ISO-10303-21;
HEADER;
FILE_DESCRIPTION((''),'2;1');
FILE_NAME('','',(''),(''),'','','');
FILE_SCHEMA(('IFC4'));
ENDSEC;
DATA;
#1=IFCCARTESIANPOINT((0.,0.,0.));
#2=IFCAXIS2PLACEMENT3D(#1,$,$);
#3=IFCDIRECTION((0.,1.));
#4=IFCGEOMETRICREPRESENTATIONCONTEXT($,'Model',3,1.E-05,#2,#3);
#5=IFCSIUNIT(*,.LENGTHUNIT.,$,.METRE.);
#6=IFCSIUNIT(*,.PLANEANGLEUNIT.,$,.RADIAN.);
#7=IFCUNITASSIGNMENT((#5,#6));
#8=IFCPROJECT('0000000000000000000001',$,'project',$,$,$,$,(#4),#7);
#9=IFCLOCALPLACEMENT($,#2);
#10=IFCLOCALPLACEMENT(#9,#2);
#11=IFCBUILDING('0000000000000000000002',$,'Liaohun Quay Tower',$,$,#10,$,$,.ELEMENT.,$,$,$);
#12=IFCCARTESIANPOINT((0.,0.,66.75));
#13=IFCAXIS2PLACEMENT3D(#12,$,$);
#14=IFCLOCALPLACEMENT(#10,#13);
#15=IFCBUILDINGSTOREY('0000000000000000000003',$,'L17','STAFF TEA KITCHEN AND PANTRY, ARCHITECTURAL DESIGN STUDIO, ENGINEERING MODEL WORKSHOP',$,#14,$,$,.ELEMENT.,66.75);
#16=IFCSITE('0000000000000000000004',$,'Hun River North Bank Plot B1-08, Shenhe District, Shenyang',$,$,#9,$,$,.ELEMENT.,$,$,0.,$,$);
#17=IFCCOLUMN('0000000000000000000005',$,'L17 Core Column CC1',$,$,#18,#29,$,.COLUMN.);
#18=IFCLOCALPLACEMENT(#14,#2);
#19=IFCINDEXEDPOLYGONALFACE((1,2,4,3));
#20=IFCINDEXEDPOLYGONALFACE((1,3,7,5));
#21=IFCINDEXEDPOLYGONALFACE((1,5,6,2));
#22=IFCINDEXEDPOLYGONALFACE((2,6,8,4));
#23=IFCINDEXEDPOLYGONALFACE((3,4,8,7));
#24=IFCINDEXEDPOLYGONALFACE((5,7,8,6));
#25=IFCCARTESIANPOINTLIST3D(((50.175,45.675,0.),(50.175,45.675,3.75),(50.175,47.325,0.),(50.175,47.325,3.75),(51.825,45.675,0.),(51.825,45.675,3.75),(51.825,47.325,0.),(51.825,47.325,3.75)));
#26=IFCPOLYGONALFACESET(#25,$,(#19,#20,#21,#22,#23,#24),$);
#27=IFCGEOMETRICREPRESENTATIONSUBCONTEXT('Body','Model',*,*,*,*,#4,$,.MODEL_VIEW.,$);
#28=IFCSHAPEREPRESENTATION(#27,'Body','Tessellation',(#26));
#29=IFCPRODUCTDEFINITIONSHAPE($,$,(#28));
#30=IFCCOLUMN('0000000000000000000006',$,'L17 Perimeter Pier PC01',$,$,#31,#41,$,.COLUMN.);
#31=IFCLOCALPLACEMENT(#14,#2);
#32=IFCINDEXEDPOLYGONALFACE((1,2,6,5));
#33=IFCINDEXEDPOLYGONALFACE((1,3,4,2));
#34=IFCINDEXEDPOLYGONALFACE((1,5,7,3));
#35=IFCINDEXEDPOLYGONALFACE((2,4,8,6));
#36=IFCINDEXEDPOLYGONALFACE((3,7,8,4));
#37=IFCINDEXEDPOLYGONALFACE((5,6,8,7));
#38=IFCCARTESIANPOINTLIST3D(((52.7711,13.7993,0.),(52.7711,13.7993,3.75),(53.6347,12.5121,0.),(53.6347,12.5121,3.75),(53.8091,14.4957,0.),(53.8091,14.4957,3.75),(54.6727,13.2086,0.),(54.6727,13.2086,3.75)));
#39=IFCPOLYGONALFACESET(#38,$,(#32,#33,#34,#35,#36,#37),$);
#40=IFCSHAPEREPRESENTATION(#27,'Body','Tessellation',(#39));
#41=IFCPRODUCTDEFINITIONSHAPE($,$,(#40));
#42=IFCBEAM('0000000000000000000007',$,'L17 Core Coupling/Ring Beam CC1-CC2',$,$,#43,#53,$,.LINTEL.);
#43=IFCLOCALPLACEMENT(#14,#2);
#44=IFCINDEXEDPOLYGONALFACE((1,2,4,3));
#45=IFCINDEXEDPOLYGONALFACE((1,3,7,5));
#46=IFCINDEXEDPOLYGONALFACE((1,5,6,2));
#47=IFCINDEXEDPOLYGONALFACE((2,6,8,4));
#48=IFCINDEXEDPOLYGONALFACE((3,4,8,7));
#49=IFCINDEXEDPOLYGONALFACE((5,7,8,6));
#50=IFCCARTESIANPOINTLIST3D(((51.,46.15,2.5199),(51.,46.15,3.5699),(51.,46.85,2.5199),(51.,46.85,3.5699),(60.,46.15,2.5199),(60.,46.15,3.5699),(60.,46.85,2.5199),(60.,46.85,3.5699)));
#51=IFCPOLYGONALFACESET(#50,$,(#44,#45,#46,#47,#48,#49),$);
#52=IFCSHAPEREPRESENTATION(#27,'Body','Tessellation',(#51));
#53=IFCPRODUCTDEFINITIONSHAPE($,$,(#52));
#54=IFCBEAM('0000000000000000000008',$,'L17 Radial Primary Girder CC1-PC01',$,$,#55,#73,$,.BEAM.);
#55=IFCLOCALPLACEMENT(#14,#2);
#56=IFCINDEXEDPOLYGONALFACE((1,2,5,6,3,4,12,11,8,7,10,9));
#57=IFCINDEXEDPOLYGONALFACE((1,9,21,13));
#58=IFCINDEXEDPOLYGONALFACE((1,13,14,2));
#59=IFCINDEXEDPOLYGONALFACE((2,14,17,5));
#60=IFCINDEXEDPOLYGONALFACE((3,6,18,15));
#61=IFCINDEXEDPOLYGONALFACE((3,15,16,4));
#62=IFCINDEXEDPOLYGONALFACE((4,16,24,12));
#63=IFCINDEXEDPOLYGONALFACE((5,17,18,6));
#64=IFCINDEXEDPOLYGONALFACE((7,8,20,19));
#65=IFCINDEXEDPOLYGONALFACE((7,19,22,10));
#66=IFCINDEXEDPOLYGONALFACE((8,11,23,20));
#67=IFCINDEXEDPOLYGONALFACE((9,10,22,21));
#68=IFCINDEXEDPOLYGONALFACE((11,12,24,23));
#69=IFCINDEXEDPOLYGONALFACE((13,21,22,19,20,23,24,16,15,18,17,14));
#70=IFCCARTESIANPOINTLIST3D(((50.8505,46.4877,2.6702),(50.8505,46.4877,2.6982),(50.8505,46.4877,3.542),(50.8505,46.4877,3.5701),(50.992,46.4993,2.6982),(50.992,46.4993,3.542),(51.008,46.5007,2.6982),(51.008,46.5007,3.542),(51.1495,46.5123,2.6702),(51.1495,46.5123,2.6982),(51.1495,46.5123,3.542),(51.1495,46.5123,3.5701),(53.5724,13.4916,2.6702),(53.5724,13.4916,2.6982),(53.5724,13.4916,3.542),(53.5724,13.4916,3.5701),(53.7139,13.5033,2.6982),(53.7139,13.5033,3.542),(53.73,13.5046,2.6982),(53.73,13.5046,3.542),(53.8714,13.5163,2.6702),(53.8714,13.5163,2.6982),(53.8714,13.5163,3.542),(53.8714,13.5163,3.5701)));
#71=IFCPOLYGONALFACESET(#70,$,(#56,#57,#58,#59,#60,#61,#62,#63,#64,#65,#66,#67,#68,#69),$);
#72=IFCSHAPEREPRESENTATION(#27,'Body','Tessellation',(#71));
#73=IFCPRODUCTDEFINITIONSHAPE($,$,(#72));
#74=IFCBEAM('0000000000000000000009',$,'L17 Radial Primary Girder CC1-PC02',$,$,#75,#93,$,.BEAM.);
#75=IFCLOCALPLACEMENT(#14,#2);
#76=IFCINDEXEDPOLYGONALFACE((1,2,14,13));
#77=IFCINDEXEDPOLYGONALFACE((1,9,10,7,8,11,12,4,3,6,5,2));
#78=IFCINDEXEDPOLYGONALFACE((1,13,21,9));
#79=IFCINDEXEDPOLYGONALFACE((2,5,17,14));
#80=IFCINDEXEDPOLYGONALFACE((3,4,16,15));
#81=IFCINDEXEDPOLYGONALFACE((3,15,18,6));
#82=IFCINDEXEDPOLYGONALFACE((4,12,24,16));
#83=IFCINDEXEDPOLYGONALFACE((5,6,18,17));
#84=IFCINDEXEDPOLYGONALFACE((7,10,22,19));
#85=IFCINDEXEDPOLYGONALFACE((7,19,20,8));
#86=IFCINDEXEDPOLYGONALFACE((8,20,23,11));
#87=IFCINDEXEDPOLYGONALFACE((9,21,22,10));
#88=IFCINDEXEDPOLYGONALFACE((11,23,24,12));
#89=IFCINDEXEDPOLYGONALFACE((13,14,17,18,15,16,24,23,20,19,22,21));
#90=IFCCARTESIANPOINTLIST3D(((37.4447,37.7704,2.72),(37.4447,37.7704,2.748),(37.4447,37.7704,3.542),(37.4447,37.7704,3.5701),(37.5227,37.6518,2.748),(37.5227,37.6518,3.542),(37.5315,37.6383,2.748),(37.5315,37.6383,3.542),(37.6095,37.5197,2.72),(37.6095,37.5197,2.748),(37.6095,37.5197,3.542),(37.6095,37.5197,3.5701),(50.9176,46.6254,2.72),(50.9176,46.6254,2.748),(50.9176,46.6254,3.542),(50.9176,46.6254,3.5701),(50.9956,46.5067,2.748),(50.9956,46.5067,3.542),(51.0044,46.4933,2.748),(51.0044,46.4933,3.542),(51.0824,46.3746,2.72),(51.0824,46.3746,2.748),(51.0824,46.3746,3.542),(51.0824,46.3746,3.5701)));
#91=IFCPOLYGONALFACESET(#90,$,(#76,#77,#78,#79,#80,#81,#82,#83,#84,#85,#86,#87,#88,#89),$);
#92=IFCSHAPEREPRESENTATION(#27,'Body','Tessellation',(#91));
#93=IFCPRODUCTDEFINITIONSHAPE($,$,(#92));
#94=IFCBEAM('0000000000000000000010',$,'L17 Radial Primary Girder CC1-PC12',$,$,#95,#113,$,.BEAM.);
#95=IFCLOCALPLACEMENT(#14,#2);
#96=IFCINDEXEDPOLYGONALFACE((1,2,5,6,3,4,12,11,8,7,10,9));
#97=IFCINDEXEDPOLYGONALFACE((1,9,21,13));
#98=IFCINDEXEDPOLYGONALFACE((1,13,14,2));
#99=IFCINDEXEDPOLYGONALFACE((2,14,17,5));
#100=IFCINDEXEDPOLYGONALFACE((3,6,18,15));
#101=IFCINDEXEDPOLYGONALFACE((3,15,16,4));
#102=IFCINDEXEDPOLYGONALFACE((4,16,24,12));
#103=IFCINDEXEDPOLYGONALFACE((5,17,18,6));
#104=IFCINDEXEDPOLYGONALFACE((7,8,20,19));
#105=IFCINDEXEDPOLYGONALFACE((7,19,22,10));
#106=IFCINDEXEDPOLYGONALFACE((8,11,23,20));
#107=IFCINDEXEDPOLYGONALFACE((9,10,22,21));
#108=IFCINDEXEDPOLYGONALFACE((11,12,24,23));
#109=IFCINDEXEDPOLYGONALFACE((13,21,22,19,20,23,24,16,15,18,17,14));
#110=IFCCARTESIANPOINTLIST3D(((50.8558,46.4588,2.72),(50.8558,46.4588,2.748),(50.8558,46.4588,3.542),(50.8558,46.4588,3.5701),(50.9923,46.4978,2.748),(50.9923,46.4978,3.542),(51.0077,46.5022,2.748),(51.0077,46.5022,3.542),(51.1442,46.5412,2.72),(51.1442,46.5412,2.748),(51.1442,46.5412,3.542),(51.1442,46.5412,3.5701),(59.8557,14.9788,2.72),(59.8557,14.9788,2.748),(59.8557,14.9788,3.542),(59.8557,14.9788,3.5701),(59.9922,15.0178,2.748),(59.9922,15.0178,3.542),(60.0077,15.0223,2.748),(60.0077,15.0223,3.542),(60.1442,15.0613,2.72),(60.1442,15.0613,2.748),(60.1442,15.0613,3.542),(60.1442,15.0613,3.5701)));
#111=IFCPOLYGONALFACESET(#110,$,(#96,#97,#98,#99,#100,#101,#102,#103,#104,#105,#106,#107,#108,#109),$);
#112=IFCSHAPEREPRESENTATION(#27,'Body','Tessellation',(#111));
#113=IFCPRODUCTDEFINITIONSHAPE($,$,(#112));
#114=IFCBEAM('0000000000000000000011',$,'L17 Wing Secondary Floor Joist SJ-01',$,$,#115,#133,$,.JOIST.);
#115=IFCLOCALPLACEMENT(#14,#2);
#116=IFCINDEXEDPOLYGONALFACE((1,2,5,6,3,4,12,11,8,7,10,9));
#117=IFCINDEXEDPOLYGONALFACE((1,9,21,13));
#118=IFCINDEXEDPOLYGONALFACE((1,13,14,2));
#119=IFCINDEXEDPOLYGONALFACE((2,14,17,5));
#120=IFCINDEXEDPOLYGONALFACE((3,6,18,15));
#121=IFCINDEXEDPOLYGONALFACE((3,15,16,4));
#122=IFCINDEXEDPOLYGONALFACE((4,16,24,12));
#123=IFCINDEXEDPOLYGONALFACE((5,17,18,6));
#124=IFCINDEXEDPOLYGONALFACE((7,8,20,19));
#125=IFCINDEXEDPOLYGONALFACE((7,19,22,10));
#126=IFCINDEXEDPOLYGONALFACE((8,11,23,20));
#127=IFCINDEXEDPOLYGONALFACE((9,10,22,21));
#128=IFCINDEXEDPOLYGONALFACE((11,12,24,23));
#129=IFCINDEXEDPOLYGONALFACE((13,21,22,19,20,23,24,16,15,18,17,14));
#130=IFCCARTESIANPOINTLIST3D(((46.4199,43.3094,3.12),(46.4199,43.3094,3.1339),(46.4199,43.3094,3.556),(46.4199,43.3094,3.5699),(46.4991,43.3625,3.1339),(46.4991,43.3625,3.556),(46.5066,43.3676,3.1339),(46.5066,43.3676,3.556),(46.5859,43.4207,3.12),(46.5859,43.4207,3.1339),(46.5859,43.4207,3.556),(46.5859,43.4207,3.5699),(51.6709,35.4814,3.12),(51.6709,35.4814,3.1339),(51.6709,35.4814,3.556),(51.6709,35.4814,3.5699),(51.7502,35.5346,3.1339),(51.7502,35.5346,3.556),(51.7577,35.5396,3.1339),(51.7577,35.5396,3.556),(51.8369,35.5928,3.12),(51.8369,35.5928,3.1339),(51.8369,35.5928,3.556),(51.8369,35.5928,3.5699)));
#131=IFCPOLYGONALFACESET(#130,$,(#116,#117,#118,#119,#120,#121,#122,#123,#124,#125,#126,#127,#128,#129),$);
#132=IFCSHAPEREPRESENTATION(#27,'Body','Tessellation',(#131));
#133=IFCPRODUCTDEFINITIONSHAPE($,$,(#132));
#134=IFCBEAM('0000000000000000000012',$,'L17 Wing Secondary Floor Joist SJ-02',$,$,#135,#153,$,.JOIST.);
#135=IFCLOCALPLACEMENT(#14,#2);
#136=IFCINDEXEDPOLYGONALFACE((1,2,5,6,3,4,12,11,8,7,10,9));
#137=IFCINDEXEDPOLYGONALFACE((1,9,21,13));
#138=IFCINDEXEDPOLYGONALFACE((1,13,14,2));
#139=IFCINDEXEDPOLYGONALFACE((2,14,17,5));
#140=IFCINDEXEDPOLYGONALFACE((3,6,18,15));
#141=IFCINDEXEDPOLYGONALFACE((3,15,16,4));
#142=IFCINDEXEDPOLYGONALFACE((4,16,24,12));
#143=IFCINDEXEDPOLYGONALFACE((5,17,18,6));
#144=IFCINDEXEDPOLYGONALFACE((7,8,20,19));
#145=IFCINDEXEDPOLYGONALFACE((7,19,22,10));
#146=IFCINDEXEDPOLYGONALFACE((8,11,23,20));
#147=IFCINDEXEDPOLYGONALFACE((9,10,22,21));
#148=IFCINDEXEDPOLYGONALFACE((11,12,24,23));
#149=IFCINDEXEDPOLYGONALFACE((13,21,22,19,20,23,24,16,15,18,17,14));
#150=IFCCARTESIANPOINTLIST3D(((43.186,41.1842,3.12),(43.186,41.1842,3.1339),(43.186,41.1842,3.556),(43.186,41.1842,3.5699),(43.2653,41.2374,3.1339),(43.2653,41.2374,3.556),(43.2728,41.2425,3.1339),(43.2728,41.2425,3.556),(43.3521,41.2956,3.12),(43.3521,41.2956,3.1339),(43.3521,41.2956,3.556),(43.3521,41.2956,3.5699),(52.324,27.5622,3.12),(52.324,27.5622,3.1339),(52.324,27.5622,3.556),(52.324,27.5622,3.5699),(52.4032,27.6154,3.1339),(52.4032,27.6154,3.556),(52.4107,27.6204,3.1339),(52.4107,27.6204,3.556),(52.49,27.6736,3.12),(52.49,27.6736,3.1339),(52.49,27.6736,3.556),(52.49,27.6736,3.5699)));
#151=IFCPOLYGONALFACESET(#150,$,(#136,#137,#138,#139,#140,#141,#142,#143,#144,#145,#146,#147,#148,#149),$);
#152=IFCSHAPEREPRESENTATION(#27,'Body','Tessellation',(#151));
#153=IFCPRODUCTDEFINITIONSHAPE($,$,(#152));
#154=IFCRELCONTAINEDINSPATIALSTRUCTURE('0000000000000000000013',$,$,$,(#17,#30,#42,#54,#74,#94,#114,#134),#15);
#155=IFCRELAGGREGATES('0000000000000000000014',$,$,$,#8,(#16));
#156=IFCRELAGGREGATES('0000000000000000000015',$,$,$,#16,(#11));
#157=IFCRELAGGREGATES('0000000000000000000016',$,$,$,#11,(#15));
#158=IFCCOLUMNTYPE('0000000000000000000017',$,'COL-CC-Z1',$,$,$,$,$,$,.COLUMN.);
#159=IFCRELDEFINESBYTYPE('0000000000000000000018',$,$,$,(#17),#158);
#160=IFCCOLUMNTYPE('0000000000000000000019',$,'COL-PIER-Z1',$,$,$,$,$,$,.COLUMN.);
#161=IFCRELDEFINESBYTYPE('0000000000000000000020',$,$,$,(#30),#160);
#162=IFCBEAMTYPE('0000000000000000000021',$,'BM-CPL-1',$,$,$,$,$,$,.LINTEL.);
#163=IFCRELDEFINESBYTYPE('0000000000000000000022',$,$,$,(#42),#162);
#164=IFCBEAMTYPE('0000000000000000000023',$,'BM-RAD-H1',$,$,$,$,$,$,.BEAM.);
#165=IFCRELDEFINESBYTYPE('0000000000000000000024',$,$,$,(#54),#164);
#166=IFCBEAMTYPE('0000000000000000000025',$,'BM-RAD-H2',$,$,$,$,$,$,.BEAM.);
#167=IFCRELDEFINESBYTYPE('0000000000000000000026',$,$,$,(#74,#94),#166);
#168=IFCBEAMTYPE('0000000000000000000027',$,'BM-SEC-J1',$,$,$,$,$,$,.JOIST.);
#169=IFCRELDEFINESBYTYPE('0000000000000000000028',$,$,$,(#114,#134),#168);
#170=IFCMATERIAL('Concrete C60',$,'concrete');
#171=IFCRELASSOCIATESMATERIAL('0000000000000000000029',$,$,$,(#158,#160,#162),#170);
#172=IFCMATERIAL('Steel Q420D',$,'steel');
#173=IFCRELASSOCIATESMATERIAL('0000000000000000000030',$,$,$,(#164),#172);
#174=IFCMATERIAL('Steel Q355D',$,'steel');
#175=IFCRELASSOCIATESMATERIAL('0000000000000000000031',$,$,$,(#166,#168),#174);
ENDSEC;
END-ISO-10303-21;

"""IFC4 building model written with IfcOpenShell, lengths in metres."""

from ifc_helpers import new_model, si_unit, direction, frame, origin, origin_2d, place, context, subcontext, project, spatial, rectangle, i_section, extrude, source, transform, mapped, material, material_profile, profile_set, type_object, element, save


model = new_model("IFC4")

# Units and contexts
model_context = context("Model", 3, precision=1e-05, world=origin(), true_north=direction((0.0, 1.0)))
body_context = subcontext(model_context, "Body", "Model", "MODEL_VIEW")
ifc_project = project(units=[si_unit("LENGTHUNIT", "METRE"), si_unit("PLANEANGLEUNIT", "RADIAN")], contexts=[model_context])

# Site, building, storey
site_placement = place(None, origin())
site = spatial("IfcSite", under=ifc_project, at=site_placement, Name="Hun River North Bank Plot B1-08, Shenhe District, Shenyang", CompositionType="ELEMENT", RefElevation=0.0)
building_placement = place(site_placement, origin())
building = spatial("IfcBuilding", under=site, at=building_placement, Name="Liaohun Quay Tower", CompositionType="ELEMENT")
storey_placement = place(building_placement, frame((0.0, 0.0, 66.75)))
storey = spatial("IfcBuildingStorey", under=building, at=storey_placement, Name="L17", Description="STAFF TEA KITCHEN AND PANTRY, ARCHITECTURAL DESIGN STUDIO, ENGINEERING MODEL WORKSHOP", CompositionType="ELEMENT", Elevation=66.75)

# Columns
ifc_material_1 = material(Name="Concrete C60", Category="concrete")
ifc_material_profile_1 = material_profile(ifc_material_1, rectangle(XDim=1.6499, YDim=1.6499, at=origin_2d()), Name="RC1650x1650")
ifc_profile_set_1 = profile_set([ifc_material_profile_1], Name="Concrete C60")
column_type_1 = type_object("IfcColumnType", Name="COL-CC-Z1", PredefinedType="COLUMN", material=ifc_profile_set_1)
shared_shape_1 = source(origin(), body_context, "Body", "SweptSolid", [
    extrude(rectangle(XDim=1.6499, YDim=1.6499, at=origin_2d()), origin(), (0.0, 0.0, 1.0), 3.75),
])
column_1_placement = place(storey_placement, frame((51.0, 46.5, 0.0), z_axis=(0.0, 0.0, 1.0), x_axis=(1.0, 0.0, 0.0)))
element("IfcColumn", 1, at=column_1_placement, inside=storey, type_object=column_type_1, Name="L17 Core Column CC1", PredefinedType="COLUMN", context=body_context, shape_type="MappedRepresentation", body=[
    mapped(shared_shape_1, transform((0.0, 0.0, 0.0), x_axis=(1.0, 0.0, 0.0), y_axis=(0.0, 1.0, 0.0), z_axis=(0.0, 0.0, 1.0), scale=1.0)),
])
ifc_material_profile_2 = material_profile(ifc_material_1, rectangle(XDim=1.55, YDim=1.25, at=origin_2d()), Name="RC1550x1250")
ifc_profile_set_2 = profile_set([ifc_material_profile_2], Name="Concrete C60")
column_type_2 = type_object("IfcColumnType", Name="COL-PIER-Z1", PredefinedType="COLUMN", material=ifc_profile_set_2)
shared_shape_2 = source(origin(), body_context, "Body", "SweptSolid", [
    extrude(rectangle(XDim=1.55, YDim=1.25, at=origin_2d()), origin(), (0.0, 0.0, 1.0), 3.75),
])
column_2_placement = place(storey_placement, frame((53.7219, 13.5039, 0.0), z_axis=(0.0, 0.0, 1.0), x_axis=(-0.557166, 0.830401, 0.0)))
element("IfcColumn", 2, at=column_2_placement, inside=storey, type_object=column_type_2, Name="L17 Perimeter Pier PC01", PredefinedType="COLUMN", context=body_context, shape_type="MappedRepresentation", body=[
    mapped(shared_shape_2, transform((0.0, 0.0, 0.0), x_axis=(1.0, 0.0, 0.0), y_axis=(0.0, 1.0, 0.0), z_axis=(0.0, 0.0, 1.0), scale=1.0)),
])

# Beams
ifc_material_profile_3 = material_profile(ifc_material_1, rectangle(XDim=0.7, YDim=1.05, at=origin_2d()), Name="RC700x1050")
ifc_profile_set_3 = profile_set([ifc_material_profile_3], Name="Concrete C60")
beam_type_1 = type_object("IfcBeamType", Name="BM-CPL-1", PredefinedType="LINTEL", material=ifc_profile_set_3)
shared_shape_3 = source(origin(), body_context, "Body", "SweptSolid", [
    extrude(rectangle(XDim=0.7, YDim=1.05, at=origin_2d()), origin(), (0.0, 0.0, 1.0), 9.0),
])
beam_1_placement = place(storey_placement, frame((51.0, 46.5, 3.0449), z_axis=(1.0, 0.0, 0.0), x_axis=(0.0, 1.0, 0.0)))
element("IfcBeam", 3, at=beam_1_placement, inside=storey, type_object=beam_type_1, Name="L17 Core Coupling/Ring Beam CC1-CC2", PredefinedType="LINTEL", context=body_context, shape_type="MappedRepresentation", body=[
    mapped(shared_shape_3, transform((0.0, 0.0, 0.0), x_axis=(1.0, 0.0, 0.0), y_axis=(0.0, 1.0, 0.0), z_axis=(0.0, 0.0, 1.0), scale=1.0)),
])
ifc_material_2 = material(Name="Steel Q420D", Category="steel")
ifc_material_profile_4 = material_profile(ifc_material_2, i_section(OverallWidth=0.3, OverallDepth=0.8999, WebThickness=0.0161, FlangeThickness=0.0281, at=origin_2d()), Name="HN900x300x16x28")
ifc_profile_set_4 = profile_set([ifc_material_profile_4], Name="Steel Q420D")
beam_type_2 = type_object("IfcBeamType", Name="BM-RAD-H1", PredefinedType="BEAM", material=ifc_profile_set_4)
shared_shape_4 = source(origin(), body_context, "Body", "SweptSolid", [
    extrude(i_section(OverallWidth=0.3, OverallDepth=0.8999, WebThickness=0.0161, FlangeThickness=0.0281, at=origin_2d()), origin(), (0.0, 0.0, 1.0), 33.1082),
])
beam_2_placement = place(storey_placement, frame((51.0, 46.5, 3.1201), z_axis=(0.082213, -0.996615, 0.0), x_axis=(0.996615, 0.082213, 0.0)))
element("IfcBeam", 4, at=beam_2_placement, inside=storey, type_object=beam_type_2, Name="L17 Radial Primary Girder CC1-PC01", PredefinedType="BEAM", context=body_context, shape_type="MappedRepresentation", body=[
    mapped(shared_shape_4, transform((0.0, 0.0, 0.0), x_axis=(1.0, 0.0, 0.0), y_axis=(0.0, 1.0, 0.0), z_axis=(0.0, 0.0, 1.0), scale=1.0)),
])
ifc_material_3 = material(Name="Steel Q355D", Category="steel")
ifc_material_profile_5 = material_profile(ifc_material_3, i_section(OverallWidth=0.3, OverallDepth=0.8501, WebThickness=0.0161, FlangeThickness=0.0281, at=origin_2d()), Name="HN850x300x16x28")
ifc_profile_set_5 = profile_set([ifc_material_profile_5], Name="Steel Q355D")
beam_type_3 = type_object("IfcBeamType", Name="BM-RAD-H2", PredefinedType="BEAM", material=ifc_profile_set_5)
shared_shape_5 = source(origin(), body_context, "Body", "SweptSolid", [
    extrude(i_section(OverallWidth=0.3, OverallDepth=0.8501, WebThickness=0.0161, FlangeThickness=0.0281, at=origin_2d()), origin(), (0.0, 0.0, 1.0), 16.1223),
])
beam_3_placement = place(storey_placement, frame((51.0, 46.5, 3.145), z_axis=(-0.835667, -0.549237, 0.0), x_axis=(0.549237, -0.835667, 0.0)))
element("IfcBeam", 5, at=beam_3_placement, inside=storey, type_object=beam_type_3, Name="L17 Radial Primary Girder CC1-PC02", PredefinedType="BEAM", context=body_context, shape_type="MappedRepresentation", body=[
    mapped(shared_shape_5, transform((0.0, 0.0, 0.0), x_axis=(1.0, 0.0, 0.0), y_axis=(0.0, 1.0, 0.0), z_axis=(0.0, 0.0, 1.0), scale=1.0)),
])
shared_shape_6 = source(origin(), body_context, "Body", "SweptSolid", [
    extrude(i_section(OverallWidth=0.3, OverallDepth=0.8501, WebThickness=0.0161, FlangeThickness=0.0281, at=origin_2d()), origin(), (0.0, 0.0, 1.0), 32.7412),
])
beam_4_placement = place(storey_placement, frame((51.0, 46.5, 3.145), z_axis=(0.274883, -0.961478, 0.0), x_axis=(0.961478, 0.274883, 0.0)))
element("IfcBeam", 6, at=beam_4_placement, inside=storey, type_object=beam_type_3, Name="L17 Radial Primary Girder CC1-PC12", PredefinedType="BEAM", context=body_context, shape_type="MappedRepresentation", body=[
    mapped(shared_shape_6, transform((0.0, 0.0, 0.0), x_axis=(1.0, 0.0, 0.0), y_axis=(0.0, 1.0, 0.0), z_axis=(0.0, 0.0, 1.0), scale=1.0)),
])
ifc_material_profile_6 = material_profile(ifc_material_3, i_section(OverallWidth=0.2, OverallDepth=0.45, WebThickness=0.009, FlangeThickness=0.0139, at=origin_2d()), Name="HN450x200x9x14")
ifc_profile_set_6 = profile_set([ifc_material_profile_6], Name="Steel Q355D")
beam_type_4 = type_object("IfcBeamType", Name="BM-SEC-J1", PredefinedType="JOIST", material=ifc_profile_set_6)
shared_shape_7 = source(origin(), body_context, "Body", "SweptSolid", [
    extrude(i_section(OverallWidth=0.2, OverallDepth=0.45, WebThickness=0.009, FlangeThickness=0.0139, at=origin_2d()), origin(), (0.0, 0.0, 1.0), 9.426),
])
beam_5_placement = place(storey_placement, frame((51.7539, 35.5371, 3.345), z_axis=(-0.557077, 0.830461, 0.0), x_axis=(-0.830461, -0.557077, 0.0)))
element("IfcBeam", 7, at=beam_5_placement, inside=storey, type_object=beam_type_4, Name="L17 Wing Secondary Floor Joist SJ-01", PredefinedType="JOIST", context=body_context, shape_type="MappedRepresentation", body=[
    mapped(shared_shape_7, transform((0.0, 0.0, 0.0), x_axis=(1.0, 0.0, 0.0), y_axis=(0.0, 1.0, 0.0), z_axis=(0.0, 0.0, 1.0), scale=1.0)),
])
shared_shape_8 = source(origin(), body_context, "Body", "SweptSolid", [
    extrude(i_section(OverallWidth=0.2, OverallDepth=0.45, WebThickness=0.009, FlangeThickness=0.0139, at=origin_2d()), origin(), (0.0, 0.0, 1.0), 16.4031),
])
beam_6_placement = place(storey_placement, frame((52.407, 27.6179, 3.345), z_axis=(-0.557085, 0.830455, 0.0), x_axis=(-0.830455, -0.557085, 0.0)))
element("IfcBeam", 8, at=beam_6_placement, inside=storey, type_object=beam_type_4, Name="L17 Wing Secondary Floor Joist SJ-02", PredefinedType="JOIST", context=body_context, shape_type="MappedRepresentation", body=[
    mapped(shared_shape_8, transform((0.0, 0.0, 0.0), x_axis=(1.0, 0.0, 0.0), y_axis=(0.0, 1.0, 0.0), z_axis=(0.0, 0.0, 1.0), scale=1.0)),
])

save(model, "model.ifc")
